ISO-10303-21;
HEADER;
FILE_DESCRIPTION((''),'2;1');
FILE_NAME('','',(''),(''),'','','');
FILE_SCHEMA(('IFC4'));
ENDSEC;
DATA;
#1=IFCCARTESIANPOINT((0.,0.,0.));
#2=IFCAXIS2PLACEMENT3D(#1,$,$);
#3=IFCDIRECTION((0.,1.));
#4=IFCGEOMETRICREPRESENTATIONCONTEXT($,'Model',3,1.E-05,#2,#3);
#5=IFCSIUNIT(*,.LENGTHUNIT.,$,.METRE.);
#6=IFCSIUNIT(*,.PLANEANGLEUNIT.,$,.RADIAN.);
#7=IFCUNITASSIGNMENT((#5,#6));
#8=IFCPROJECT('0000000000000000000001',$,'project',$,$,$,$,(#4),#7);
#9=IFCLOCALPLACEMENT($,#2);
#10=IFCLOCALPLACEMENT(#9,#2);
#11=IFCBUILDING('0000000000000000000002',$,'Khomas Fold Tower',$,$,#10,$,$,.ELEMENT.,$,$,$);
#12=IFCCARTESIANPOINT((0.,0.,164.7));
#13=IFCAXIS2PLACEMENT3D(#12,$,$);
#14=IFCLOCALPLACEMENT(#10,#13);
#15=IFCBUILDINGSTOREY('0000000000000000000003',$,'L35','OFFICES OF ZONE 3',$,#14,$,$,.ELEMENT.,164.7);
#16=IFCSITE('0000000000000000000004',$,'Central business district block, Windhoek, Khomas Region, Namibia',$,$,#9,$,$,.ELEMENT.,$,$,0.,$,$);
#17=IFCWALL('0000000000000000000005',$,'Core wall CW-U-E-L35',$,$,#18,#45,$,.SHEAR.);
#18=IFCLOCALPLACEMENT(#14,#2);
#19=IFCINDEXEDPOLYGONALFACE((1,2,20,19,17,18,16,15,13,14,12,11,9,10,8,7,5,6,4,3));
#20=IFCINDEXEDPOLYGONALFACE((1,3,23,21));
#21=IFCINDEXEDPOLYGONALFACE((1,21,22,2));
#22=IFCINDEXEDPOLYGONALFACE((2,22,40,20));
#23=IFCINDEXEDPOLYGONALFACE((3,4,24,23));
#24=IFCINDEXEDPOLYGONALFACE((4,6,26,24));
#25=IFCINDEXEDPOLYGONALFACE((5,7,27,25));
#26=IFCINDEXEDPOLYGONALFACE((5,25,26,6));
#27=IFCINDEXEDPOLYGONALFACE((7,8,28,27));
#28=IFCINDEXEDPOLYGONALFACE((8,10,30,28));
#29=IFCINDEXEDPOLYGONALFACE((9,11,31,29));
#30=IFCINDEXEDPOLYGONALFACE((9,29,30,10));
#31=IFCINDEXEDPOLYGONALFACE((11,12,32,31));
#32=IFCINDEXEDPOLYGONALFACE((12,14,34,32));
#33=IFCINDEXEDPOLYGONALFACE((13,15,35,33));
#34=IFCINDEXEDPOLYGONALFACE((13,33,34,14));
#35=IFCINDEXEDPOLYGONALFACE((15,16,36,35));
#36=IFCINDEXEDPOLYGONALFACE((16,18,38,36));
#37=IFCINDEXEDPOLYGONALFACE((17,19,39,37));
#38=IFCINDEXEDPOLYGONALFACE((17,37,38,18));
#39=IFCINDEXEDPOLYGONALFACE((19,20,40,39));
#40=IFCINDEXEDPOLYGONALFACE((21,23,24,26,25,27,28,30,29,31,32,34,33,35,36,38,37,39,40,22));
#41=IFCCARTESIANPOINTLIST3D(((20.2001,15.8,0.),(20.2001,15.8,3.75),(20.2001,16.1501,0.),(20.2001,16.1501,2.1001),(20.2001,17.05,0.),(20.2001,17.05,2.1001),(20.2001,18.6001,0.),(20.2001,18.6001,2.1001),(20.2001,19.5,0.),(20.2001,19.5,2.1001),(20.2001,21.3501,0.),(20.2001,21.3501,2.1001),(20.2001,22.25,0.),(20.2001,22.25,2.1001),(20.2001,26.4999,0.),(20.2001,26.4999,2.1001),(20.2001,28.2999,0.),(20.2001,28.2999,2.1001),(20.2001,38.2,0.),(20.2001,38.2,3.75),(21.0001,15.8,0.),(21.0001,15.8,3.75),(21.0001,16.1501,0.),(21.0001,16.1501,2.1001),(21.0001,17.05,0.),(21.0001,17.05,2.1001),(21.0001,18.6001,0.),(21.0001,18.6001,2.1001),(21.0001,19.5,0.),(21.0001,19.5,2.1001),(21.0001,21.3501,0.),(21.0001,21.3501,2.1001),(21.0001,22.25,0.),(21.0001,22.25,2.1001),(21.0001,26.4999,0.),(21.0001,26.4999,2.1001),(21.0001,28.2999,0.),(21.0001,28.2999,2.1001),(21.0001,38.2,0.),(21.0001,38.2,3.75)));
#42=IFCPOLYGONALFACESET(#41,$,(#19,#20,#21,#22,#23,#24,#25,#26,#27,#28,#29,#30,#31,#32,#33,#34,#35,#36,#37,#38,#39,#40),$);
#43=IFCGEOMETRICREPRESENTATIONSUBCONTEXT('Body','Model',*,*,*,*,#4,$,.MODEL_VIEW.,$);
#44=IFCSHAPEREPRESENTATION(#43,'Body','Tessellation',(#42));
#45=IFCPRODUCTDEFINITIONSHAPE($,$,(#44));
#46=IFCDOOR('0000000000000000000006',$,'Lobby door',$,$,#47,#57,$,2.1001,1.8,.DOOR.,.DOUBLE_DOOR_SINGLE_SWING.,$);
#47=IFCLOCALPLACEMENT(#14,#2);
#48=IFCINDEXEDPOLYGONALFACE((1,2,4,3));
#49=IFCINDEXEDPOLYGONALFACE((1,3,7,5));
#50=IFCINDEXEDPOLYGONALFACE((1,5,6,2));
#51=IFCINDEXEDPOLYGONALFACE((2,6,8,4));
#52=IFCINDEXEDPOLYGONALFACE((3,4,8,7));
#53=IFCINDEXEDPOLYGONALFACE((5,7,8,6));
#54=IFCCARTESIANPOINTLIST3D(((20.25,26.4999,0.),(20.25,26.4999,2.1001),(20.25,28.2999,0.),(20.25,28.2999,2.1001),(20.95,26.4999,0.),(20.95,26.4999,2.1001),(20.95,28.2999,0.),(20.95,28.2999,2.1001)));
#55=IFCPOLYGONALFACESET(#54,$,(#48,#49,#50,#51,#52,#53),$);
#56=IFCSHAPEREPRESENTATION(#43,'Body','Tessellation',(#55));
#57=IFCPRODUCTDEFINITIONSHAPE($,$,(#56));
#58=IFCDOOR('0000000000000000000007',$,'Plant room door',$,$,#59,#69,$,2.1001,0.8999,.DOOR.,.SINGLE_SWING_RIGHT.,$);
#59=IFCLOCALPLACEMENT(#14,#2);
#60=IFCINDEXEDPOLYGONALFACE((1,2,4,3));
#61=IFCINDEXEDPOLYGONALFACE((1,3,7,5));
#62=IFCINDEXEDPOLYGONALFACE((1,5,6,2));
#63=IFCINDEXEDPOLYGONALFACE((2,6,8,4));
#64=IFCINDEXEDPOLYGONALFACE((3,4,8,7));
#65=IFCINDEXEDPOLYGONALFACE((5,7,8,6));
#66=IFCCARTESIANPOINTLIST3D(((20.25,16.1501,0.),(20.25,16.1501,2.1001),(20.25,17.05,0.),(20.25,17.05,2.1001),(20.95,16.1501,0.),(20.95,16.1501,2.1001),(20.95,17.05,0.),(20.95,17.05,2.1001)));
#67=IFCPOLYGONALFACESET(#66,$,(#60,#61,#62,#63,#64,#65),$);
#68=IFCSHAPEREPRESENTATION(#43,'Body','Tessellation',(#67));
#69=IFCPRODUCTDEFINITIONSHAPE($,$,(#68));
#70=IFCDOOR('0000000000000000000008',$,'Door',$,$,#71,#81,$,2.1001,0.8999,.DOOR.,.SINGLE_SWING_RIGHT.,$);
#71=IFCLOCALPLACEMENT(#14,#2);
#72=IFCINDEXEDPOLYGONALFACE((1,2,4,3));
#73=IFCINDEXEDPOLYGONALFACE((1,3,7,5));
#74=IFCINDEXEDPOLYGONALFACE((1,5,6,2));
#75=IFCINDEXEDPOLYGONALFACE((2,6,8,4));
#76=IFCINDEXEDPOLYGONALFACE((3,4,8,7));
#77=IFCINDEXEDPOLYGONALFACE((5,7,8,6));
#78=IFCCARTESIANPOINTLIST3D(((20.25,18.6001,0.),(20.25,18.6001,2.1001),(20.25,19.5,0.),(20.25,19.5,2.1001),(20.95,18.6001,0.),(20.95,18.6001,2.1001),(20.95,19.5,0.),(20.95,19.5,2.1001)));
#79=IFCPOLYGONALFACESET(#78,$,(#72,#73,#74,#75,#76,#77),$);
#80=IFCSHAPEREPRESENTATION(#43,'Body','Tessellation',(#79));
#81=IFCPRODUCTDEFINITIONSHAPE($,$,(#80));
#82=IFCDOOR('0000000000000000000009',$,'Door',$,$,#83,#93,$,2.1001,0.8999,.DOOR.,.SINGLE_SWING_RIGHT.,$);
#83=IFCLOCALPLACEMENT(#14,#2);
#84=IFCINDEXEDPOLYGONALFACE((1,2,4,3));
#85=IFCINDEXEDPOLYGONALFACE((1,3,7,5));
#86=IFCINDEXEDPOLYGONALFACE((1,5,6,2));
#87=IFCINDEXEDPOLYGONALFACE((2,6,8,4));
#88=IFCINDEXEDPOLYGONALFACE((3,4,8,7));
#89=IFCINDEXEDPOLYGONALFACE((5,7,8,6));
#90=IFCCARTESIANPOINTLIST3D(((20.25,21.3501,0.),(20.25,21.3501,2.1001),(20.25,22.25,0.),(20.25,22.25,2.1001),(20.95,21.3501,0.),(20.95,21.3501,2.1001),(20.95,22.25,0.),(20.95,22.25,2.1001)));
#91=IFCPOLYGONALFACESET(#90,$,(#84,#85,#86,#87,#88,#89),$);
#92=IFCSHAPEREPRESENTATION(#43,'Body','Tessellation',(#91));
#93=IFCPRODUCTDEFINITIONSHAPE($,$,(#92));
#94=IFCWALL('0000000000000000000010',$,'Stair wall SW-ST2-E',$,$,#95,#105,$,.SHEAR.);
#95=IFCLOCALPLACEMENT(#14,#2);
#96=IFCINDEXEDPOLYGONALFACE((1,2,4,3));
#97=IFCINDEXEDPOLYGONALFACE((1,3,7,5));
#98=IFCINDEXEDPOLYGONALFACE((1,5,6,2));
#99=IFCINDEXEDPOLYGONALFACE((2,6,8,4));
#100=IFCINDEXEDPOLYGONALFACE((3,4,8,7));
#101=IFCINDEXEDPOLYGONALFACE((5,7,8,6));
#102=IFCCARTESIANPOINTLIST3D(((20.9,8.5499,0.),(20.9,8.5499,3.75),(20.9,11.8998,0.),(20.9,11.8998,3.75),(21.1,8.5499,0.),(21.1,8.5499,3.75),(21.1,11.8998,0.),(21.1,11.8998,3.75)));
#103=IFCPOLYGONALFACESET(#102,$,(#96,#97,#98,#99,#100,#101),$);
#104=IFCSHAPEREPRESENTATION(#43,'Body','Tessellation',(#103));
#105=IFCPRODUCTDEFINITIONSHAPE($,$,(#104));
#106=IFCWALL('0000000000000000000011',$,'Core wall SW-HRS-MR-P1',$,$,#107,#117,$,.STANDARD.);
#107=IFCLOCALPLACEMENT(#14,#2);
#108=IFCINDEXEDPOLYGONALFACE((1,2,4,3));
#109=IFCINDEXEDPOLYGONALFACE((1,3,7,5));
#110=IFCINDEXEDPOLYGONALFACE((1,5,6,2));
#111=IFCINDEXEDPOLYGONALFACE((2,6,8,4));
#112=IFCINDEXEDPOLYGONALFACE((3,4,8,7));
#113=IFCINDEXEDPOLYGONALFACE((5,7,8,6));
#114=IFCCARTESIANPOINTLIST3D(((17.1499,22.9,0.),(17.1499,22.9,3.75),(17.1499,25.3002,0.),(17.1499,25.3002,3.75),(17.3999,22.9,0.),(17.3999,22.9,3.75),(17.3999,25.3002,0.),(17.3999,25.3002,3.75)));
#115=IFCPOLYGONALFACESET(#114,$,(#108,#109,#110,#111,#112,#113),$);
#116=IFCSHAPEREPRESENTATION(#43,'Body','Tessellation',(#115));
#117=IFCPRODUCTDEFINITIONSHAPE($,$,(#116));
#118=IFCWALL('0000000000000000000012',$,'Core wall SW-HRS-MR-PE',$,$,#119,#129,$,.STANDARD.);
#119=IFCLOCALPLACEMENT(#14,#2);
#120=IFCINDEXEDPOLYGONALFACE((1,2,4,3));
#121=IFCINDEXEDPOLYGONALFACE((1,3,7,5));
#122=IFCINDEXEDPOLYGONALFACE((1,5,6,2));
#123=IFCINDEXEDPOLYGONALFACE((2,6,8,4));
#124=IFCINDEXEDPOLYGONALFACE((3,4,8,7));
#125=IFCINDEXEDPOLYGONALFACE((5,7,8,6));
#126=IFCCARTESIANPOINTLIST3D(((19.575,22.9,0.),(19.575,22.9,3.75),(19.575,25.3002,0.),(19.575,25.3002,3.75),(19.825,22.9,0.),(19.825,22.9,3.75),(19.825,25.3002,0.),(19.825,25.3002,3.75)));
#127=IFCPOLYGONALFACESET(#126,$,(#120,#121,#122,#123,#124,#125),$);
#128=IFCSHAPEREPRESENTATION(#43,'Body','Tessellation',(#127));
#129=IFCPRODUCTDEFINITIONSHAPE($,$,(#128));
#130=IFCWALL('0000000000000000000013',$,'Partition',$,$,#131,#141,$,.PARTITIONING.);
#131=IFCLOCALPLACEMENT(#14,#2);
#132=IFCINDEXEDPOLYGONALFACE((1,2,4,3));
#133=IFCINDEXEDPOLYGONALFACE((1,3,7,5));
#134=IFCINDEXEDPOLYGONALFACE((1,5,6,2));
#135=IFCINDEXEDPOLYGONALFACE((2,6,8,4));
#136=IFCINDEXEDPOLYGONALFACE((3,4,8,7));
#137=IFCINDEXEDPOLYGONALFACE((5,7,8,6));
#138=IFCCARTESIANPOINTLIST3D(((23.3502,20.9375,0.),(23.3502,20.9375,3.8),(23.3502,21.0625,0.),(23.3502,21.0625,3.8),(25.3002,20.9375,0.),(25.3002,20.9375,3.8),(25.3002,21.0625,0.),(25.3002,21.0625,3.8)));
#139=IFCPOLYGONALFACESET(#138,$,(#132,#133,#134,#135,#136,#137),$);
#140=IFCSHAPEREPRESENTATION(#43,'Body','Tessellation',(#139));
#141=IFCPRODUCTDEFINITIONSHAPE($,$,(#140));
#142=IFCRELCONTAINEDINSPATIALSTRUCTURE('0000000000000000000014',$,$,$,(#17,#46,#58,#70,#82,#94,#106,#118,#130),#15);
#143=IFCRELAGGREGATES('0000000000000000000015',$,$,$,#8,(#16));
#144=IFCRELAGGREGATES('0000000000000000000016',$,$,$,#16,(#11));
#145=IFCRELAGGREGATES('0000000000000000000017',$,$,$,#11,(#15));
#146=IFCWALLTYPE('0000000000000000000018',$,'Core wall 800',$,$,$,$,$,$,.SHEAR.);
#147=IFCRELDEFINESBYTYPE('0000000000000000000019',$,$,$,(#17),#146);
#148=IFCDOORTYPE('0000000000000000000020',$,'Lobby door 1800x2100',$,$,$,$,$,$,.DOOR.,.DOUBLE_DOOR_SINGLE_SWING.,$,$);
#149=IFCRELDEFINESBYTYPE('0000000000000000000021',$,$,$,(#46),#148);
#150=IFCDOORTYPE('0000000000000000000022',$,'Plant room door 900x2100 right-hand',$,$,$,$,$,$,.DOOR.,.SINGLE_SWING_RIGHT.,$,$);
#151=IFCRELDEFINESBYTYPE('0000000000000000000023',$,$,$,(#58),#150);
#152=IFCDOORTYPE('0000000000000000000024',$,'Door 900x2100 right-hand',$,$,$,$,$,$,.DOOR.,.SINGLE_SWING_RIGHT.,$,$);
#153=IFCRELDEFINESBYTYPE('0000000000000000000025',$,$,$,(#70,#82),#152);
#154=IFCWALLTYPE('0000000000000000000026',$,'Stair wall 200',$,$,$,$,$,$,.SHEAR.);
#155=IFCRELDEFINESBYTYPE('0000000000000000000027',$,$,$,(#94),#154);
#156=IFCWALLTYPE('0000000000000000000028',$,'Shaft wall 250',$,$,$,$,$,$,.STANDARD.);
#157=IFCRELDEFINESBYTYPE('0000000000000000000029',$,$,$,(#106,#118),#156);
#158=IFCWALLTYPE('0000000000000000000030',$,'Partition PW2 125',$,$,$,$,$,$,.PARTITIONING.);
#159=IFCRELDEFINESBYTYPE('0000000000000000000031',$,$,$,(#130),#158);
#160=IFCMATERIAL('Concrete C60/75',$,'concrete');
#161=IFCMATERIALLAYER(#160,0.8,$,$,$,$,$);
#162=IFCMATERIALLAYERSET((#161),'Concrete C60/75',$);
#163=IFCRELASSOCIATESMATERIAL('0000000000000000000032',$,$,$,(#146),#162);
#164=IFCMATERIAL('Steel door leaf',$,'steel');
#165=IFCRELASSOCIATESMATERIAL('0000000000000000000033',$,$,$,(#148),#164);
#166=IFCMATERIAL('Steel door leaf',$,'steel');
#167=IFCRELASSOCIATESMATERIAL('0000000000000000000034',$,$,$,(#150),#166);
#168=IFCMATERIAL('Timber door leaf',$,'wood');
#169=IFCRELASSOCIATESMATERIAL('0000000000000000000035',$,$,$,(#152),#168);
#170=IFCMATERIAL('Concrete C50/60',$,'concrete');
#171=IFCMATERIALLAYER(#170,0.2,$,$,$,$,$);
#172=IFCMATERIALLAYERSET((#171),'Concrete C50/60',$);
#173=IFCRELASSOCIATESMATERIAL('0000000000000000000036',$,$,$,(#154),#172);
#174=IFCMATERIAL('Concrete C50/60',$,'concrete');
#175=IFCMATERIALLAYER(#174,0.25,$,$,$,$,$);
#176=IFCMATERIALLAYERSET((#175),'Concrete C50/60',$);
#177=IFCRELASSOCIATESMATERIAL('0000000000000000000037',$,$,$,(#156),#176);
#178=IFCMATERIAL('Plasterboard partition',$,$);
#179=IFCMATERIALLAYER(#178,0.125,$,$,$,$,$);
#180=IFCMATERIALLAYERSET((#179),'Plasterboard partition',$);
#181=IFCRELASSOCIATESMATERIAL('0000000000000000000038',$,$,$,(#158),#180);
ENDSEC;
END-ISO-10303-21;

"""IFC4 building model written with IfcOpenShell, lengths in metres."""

from ifc_helpers import new_model, si_unit, direction, frame, frame_2d, origin, place, context, subcontext, project, spatial, rectangle, extrude, source, transform, mapped, material, layer, layer_set, type_object, element, fill, save


model = new_model("IFC4")

# Units and contexts
model_context = context("Model", 3, precision=1e-05, world=origin(), true_north=direction((0.0, 1.0)))
body_context = subcontext(model_context, "Body", "Model", "MODEL_VIEW")
ifc_project = project(units=[si_unit("LENGTHUNIT", "METRE"), si_unit("PLANEANGLEUNIT", "RADIAN")], contexts=[model_context])

# Site, building, storey
site_placement = place(None, origin())
site = spatial("IfcSite", under=ifc_project, at=site_placement, Name="Central business district block, Windhoek, Khomas Region, Namibia", CompositionType="ELEMENT", RefElevation=0.0)
building_placement = place(site_placement, origin())
building = spatial("IfcBuilding", under=site, at=building_placement, Name="Khomas Fold Tower", CompositionType="ELEMENT")
storey_placement = place(building_placement, frame((0.0, 0.0, 164.7)))
storey = spatial("IfcBuildingStorey", under=building, at=storey_placement, Name="L35", Description="OFFICES OF ZONE 3", CompositionType="ELEMENT", Elevation=164.7)

# Wall, openings, doors
ifc_material_1 = material(Name="Concrete C60/75", Category="concrete")
ifc_layer_1 = layer(ifc_material_1, 0.8)
ifc_layer_set_1 = layer_set([ifc_layer_1], Name="Concrete C60/75")
wall_type_1 = type_object("IfcWallType", Name="Core wall 800", PredefinedType="SHEAR", material=ifc_layer_set_1)
shared_shape_1 = source(origin(), body_context, "Body", "SweptSolid", [
    extrude(rectangle(XDim=22.3999, YDim=0.8, at=frame_2d((11.2, 0.0))), origin(), (0.0, 0.0, 1.0), 3.75),
])
wall_1_placement = place(storey_placement, frame((20.6001, 15.8, 0.0), z_axis=(0.0, 0.0, 1.0), x_axis=(0.0, 1.0, 0.0)))
wall_1 = element("IfcWall", 1, at=wall_1_placement, inside=storey, type_object=wall_type_1, Name="Core wall CW-U-E-L35", PredefinedType="SHEAR", context=body_context, shape_type="MappedRepresentation", body=[
    mapped(shared_shape_1, transform((0.0, 0.0, 0.0))),
])
shared_shape_2 = source(origin(), body_context, "Body", "SweptSolid", [
    extrude(rectangle(XDim=1.8, YDim=2.1001, at=frame_2d((0.8999, 1.05))), frame((0.0, 0.4099, 0.0), z_axis=(0.0, -1.0, 0.0), x_axis=(1.0, 0.0, 0.0)), (0.0, 0.0, 1.0), 0.8201),
])
opening_1_placement = place(wall_1_placement, frame((10.7, 0.0, 0.0)))
opening_1 = element("IfcOpeningElement", 2, at=opening_1_placement, cuts=wall_1, PredefinedType="OPENING", context=body_context, shape_type="MappedRepresentation", body=[
    mapped(shared_shape_2, transform((0.0, 0.0, 0.0))),
])
shared_shape_3 = source(origin(), body_context, "Body", "SweptSolid", [
    extrude(rectangle(XDim=0.8999, YDim=2.1001, at=frame_2d((0.45, 1.05))), frame((0.0, 0.4099, 0.0), z_axis=(0.0, -1.0, 0.0), x_axis=(1.0, 0.0, 0.0)), (0.0, 0.0, 1.0), 0.8201),
])
opening_2_placement = place(wall_1_placement, frame((0.3501, 0.0, 0.0)))
opening_2 = element("IfcOpeningElement", 3, at=opening_2_placement, cuts=wall_1, PredefinedType="OPENING", context=body_context, shape_type="MappedRepresentation", body=[
    mapped(shared_shape_3, transform((0.0, 0.0, 0.0))),
])
opening_3_placement = place(wall_1_placement, frame((2.8, 0.0, 0.0)))
opening_3 = element("IfcOpeningElement", 4, at=opening_3_placement, cuts=wall_1, PredefinedType="OPENING", context=body_context, shape_type="MappedRepresentation", body=[
    mapped(shared_shape_3, transform((0.0, 0.0, 0.0))),
])
opening_4_placement = place(wall_1_placement, frame((5.55, 0.0, 0.0)))
opening_4 = element("IfcOpeningElement", 5, at=opening_4_placement, cuts=wall_1, PredefinedType="OPENING", context=body_context, shape_type="MappedRepresentation", body=[
    mapped(shared_shape_3, transform((0.0, 0.0, 0.0))),
])
ifc_material_2 = material(Name="Steel door leaf", Category="steel")
door_type_1 = type_object("IfcDoorType", Name="Lobby door 1800x2100", OperationType="DOUBLE_DOOR_SINGLE_SWING", PredefinedType="DOOR", material=ifc_material_2)
shared_shape_4 = source(origin(), body_context, "Body", "SweptSolid", [
    extrude(rectangle(XDim=1.8, YDim=2.1001, at=frame_2d((0.8999, 1.05))), frame((0.0, 0.3501, 0.0), z_axis=(0.0, -1.0, 0.0), x_axis=(1.0, 0.0, 0.0)), (0.0, 0.0, 1.0), 0.7),
])
door_1_placement = place(opening_1_placement, origin())
door_1 = element("IfcDoor", 6, at=door_1_placement, inside=storey, type_object=door_type_1, Name="Lobby door", OperationType="DOUBLE_DOOR_SINGLE_SWING", OverallHeight=2.1001, OverallWidth=1.8, PredefinedType="DOOR", context=body_context, shape_type="MappedRepresentation", body=[
    mapped(shared_shape_4, transform((0.0, 0.0, 0.0))),
])
fill(opening_1, door_1)
ifc_material_3 = material(Name="Steel door leaf", Category="steel")
door_type_2 = type_object("IfcDoorType", Name="Plant room door 900x2100 right-hand", OperationType="SINGLE_SWING_RIGHT", PredefinedType="DOOR", material=ifc_material_3)
shared_shape_5 = source(origin(), body_context, "Body", "SweptSolid", [
    extrude(rectangle(XDim=0.8999, YDim=2.1001, at=frame_2d((0.45, 1.05))), frame((0.0, 0.3501, 0.0), z_axis=(0.0, -1.0, 0.0), x_axis=(1.0, 0.0, 0.0)), (0.0, 0.0, 1.0), 0.7),
])
door_2_placement = place(opening_2_placement, origin())
door_2 = element("IfcDoor", 7, at=door_2_placement, inside=storey, type_object=door_type_2, Name="Plant room door", OperationType="SINGLE_SWING_RIGHT", OverallHeight=2.1001, OverallWidth=0.8999, PredefinedType="DOOR", context=body_context, shape_type="MappedRepresentation", body=[
    mapped(shared_shape_5, transform((0.0, 0.0, 0.0))),
])
fill(opening_2, door_2)
ifc_material_4 = material(Name="Timber door leaf", Category="wood")
door_type_3 = type_object("IfcDoorType", Name="Door 900x2100 right-hand", OperationType="SINGLE_SWING_RIGHT", PredefinedType="DOOR", material=ifc_material_4)
door_3_placement = place(opening_3_placement, origin())
door_3 = element("IfcDoor", 8, at=door_3_placement, inside=storey, type_object=door_type_3, Name="Door", OperationType="SINGLE_SWING_RIGHT", OverallHeight=2.1001, OverallWidth=0.8999, PredefinedType="DOOR", context=body_context, shape_type="MappedRepresentation", body=[
    mapped(shared_shape_5, transform((0.0, 0.0, 0.0))),
])
fill(opening_3, door_3)
door_4_placement = place(opening_4_placement, origin())
door_4 = element("IfcDoor", 9, at=door_4_placement, inside=storey, type_object=door_type_3, Name="Door", OperationType="SINGLE_SWING_RIGHT", OverallHeight=2.1001, OverallWidth=0.8999, PredefinedType="DOOR", context=body_context, shape_type="MappedRepresentation", body=[
    mapped(shared_shape_5, transform((0.0, 0.0, 0.0))),
])
fill(opening_4, door_4)

# Walls
ifc_material_5 = material(Name="Concrete C50/60", Category="concrete")
ifc_layer_2 = layer(ifc_material_5, 0.2)
ifc_layer_set_2 = layer_set([ifc_layer_2], Name="Concrete C50/60")
wall_type_2 = type_object("IfcWallType", Name="Stair wall 200", PredefinedType="SHEAR", material=ifc_layer_set_2)
shared_shape_6 = source(origin(), body_context, "Body", "SweptSolid", [
    extrude(rectangle(XDim=3.3499, YDim=0.2, at=frame_2d((1.6748, 0.0))), origin(), (0.0, 0.0, 1.0), 3.75),
])
wall_2_placement = place(storey_placement, frame((21.0, 8.55, 0.0), z_axis=(0.0, 0.0, 1.0), x_axis=(0.0, 1.0, 0.0)))
element("IfcWall", 10, at=wall_2_placement, inside=storey, type_object=wall_type_2, Name="Stair wall SW-ST2-E", PredefinedType="SHEAR", context=body_context, shape_type="MappedRepresentation", body=[
    mapped(shared_shape_6, transform((0.0, 0.0, 0.0))),
])
ifc_material_6 = material(Name="Concrete C50/60", Category="concrete")
ifc_layer_3 = layer(ifc_material_6, 0.25)
ifc_layer_set_3 = layer_set([ifc_layer_3], Name="Concrete C50/60")
wall_type_3 = type_object("IfcWallType", Name="Shaft wall 250", PredefinedType="STANDARD", material=ifc_layer_set_3)
shared_shape_7 = source(origin(), body_context, "Body", "SweptSolid", [
    extrude(rectangle(XDim=2.4001, YDim=0.25, at=frame_2d((1.2002, 0.0))), origin(), (0.0, 0.0, 1.0), 3.75),
])
for number, where, z_axis, x_axis, name in (
    (11, (17.2749, 22.8999, 0.0), (0.0, 0.0, 1.0), (0.0, 1.0, 0.0), "Core wall SW-HRS-MR-P1"),
    (12, (19.7, 22.8999, 0.0), (0.0, 0.0, 1.0), (0.0, 1.0, 0.0), "Core wall SW-HRS-MR-PE"),
):
    element("IfcWall", number, at=place(storey_placement, frame(where, z_axis=z_axis, x_axis=x_axis)), inside=storey, type_object=wall_type_3, Name=name, PredefinedType="STANDARD", context=body_context, shape_type="MappedRepresentation", body=[
        mapped(shared_shape_7, transform((0.0, 0.0, 0.0))),
    ])
ifc_material_7 = material(Name="Plasterboard partition")
ifc_layer_4 = layer(ifc_material_7, 0.125)
ifc_layer_set_4 = layer_set([ifc_layer_4], Name="Plasterboard partition")
wall_type_4 = type_object("IfcWallType", Name="Partition PW2 125", PredefinedType="PARTITIONING", material=ifc_layer_set_4)
shared_shape_8 = source(origin(), body_context, "Body", "SweptSolid", [
    extrude(rectangle(XDim=1.95, YDim=0.125, at=frame_2d((0.9751, 0.0))), origin(), (0.0, 0.0, 1.0), 3.8),
])
wall_3_placement = place(storey_placement, frame((23.3501, 21.0, 0.0), z_axis=(0.0, 0.0, 1.0), x_axis=(1.0, 0.0, 0.0)))
element("IfcWall", 13, at=wall_3_placement, inside=storey, type_object=wall_type_4, Name="Partition", PredefinedType="PARTITIONING", context=body_context, shape_type="MappedRepresentation", body=[
    mapped(shared_shape_8, transform((0.0, 0.0, 0.0))),
])

save(model, "model.ifc")
